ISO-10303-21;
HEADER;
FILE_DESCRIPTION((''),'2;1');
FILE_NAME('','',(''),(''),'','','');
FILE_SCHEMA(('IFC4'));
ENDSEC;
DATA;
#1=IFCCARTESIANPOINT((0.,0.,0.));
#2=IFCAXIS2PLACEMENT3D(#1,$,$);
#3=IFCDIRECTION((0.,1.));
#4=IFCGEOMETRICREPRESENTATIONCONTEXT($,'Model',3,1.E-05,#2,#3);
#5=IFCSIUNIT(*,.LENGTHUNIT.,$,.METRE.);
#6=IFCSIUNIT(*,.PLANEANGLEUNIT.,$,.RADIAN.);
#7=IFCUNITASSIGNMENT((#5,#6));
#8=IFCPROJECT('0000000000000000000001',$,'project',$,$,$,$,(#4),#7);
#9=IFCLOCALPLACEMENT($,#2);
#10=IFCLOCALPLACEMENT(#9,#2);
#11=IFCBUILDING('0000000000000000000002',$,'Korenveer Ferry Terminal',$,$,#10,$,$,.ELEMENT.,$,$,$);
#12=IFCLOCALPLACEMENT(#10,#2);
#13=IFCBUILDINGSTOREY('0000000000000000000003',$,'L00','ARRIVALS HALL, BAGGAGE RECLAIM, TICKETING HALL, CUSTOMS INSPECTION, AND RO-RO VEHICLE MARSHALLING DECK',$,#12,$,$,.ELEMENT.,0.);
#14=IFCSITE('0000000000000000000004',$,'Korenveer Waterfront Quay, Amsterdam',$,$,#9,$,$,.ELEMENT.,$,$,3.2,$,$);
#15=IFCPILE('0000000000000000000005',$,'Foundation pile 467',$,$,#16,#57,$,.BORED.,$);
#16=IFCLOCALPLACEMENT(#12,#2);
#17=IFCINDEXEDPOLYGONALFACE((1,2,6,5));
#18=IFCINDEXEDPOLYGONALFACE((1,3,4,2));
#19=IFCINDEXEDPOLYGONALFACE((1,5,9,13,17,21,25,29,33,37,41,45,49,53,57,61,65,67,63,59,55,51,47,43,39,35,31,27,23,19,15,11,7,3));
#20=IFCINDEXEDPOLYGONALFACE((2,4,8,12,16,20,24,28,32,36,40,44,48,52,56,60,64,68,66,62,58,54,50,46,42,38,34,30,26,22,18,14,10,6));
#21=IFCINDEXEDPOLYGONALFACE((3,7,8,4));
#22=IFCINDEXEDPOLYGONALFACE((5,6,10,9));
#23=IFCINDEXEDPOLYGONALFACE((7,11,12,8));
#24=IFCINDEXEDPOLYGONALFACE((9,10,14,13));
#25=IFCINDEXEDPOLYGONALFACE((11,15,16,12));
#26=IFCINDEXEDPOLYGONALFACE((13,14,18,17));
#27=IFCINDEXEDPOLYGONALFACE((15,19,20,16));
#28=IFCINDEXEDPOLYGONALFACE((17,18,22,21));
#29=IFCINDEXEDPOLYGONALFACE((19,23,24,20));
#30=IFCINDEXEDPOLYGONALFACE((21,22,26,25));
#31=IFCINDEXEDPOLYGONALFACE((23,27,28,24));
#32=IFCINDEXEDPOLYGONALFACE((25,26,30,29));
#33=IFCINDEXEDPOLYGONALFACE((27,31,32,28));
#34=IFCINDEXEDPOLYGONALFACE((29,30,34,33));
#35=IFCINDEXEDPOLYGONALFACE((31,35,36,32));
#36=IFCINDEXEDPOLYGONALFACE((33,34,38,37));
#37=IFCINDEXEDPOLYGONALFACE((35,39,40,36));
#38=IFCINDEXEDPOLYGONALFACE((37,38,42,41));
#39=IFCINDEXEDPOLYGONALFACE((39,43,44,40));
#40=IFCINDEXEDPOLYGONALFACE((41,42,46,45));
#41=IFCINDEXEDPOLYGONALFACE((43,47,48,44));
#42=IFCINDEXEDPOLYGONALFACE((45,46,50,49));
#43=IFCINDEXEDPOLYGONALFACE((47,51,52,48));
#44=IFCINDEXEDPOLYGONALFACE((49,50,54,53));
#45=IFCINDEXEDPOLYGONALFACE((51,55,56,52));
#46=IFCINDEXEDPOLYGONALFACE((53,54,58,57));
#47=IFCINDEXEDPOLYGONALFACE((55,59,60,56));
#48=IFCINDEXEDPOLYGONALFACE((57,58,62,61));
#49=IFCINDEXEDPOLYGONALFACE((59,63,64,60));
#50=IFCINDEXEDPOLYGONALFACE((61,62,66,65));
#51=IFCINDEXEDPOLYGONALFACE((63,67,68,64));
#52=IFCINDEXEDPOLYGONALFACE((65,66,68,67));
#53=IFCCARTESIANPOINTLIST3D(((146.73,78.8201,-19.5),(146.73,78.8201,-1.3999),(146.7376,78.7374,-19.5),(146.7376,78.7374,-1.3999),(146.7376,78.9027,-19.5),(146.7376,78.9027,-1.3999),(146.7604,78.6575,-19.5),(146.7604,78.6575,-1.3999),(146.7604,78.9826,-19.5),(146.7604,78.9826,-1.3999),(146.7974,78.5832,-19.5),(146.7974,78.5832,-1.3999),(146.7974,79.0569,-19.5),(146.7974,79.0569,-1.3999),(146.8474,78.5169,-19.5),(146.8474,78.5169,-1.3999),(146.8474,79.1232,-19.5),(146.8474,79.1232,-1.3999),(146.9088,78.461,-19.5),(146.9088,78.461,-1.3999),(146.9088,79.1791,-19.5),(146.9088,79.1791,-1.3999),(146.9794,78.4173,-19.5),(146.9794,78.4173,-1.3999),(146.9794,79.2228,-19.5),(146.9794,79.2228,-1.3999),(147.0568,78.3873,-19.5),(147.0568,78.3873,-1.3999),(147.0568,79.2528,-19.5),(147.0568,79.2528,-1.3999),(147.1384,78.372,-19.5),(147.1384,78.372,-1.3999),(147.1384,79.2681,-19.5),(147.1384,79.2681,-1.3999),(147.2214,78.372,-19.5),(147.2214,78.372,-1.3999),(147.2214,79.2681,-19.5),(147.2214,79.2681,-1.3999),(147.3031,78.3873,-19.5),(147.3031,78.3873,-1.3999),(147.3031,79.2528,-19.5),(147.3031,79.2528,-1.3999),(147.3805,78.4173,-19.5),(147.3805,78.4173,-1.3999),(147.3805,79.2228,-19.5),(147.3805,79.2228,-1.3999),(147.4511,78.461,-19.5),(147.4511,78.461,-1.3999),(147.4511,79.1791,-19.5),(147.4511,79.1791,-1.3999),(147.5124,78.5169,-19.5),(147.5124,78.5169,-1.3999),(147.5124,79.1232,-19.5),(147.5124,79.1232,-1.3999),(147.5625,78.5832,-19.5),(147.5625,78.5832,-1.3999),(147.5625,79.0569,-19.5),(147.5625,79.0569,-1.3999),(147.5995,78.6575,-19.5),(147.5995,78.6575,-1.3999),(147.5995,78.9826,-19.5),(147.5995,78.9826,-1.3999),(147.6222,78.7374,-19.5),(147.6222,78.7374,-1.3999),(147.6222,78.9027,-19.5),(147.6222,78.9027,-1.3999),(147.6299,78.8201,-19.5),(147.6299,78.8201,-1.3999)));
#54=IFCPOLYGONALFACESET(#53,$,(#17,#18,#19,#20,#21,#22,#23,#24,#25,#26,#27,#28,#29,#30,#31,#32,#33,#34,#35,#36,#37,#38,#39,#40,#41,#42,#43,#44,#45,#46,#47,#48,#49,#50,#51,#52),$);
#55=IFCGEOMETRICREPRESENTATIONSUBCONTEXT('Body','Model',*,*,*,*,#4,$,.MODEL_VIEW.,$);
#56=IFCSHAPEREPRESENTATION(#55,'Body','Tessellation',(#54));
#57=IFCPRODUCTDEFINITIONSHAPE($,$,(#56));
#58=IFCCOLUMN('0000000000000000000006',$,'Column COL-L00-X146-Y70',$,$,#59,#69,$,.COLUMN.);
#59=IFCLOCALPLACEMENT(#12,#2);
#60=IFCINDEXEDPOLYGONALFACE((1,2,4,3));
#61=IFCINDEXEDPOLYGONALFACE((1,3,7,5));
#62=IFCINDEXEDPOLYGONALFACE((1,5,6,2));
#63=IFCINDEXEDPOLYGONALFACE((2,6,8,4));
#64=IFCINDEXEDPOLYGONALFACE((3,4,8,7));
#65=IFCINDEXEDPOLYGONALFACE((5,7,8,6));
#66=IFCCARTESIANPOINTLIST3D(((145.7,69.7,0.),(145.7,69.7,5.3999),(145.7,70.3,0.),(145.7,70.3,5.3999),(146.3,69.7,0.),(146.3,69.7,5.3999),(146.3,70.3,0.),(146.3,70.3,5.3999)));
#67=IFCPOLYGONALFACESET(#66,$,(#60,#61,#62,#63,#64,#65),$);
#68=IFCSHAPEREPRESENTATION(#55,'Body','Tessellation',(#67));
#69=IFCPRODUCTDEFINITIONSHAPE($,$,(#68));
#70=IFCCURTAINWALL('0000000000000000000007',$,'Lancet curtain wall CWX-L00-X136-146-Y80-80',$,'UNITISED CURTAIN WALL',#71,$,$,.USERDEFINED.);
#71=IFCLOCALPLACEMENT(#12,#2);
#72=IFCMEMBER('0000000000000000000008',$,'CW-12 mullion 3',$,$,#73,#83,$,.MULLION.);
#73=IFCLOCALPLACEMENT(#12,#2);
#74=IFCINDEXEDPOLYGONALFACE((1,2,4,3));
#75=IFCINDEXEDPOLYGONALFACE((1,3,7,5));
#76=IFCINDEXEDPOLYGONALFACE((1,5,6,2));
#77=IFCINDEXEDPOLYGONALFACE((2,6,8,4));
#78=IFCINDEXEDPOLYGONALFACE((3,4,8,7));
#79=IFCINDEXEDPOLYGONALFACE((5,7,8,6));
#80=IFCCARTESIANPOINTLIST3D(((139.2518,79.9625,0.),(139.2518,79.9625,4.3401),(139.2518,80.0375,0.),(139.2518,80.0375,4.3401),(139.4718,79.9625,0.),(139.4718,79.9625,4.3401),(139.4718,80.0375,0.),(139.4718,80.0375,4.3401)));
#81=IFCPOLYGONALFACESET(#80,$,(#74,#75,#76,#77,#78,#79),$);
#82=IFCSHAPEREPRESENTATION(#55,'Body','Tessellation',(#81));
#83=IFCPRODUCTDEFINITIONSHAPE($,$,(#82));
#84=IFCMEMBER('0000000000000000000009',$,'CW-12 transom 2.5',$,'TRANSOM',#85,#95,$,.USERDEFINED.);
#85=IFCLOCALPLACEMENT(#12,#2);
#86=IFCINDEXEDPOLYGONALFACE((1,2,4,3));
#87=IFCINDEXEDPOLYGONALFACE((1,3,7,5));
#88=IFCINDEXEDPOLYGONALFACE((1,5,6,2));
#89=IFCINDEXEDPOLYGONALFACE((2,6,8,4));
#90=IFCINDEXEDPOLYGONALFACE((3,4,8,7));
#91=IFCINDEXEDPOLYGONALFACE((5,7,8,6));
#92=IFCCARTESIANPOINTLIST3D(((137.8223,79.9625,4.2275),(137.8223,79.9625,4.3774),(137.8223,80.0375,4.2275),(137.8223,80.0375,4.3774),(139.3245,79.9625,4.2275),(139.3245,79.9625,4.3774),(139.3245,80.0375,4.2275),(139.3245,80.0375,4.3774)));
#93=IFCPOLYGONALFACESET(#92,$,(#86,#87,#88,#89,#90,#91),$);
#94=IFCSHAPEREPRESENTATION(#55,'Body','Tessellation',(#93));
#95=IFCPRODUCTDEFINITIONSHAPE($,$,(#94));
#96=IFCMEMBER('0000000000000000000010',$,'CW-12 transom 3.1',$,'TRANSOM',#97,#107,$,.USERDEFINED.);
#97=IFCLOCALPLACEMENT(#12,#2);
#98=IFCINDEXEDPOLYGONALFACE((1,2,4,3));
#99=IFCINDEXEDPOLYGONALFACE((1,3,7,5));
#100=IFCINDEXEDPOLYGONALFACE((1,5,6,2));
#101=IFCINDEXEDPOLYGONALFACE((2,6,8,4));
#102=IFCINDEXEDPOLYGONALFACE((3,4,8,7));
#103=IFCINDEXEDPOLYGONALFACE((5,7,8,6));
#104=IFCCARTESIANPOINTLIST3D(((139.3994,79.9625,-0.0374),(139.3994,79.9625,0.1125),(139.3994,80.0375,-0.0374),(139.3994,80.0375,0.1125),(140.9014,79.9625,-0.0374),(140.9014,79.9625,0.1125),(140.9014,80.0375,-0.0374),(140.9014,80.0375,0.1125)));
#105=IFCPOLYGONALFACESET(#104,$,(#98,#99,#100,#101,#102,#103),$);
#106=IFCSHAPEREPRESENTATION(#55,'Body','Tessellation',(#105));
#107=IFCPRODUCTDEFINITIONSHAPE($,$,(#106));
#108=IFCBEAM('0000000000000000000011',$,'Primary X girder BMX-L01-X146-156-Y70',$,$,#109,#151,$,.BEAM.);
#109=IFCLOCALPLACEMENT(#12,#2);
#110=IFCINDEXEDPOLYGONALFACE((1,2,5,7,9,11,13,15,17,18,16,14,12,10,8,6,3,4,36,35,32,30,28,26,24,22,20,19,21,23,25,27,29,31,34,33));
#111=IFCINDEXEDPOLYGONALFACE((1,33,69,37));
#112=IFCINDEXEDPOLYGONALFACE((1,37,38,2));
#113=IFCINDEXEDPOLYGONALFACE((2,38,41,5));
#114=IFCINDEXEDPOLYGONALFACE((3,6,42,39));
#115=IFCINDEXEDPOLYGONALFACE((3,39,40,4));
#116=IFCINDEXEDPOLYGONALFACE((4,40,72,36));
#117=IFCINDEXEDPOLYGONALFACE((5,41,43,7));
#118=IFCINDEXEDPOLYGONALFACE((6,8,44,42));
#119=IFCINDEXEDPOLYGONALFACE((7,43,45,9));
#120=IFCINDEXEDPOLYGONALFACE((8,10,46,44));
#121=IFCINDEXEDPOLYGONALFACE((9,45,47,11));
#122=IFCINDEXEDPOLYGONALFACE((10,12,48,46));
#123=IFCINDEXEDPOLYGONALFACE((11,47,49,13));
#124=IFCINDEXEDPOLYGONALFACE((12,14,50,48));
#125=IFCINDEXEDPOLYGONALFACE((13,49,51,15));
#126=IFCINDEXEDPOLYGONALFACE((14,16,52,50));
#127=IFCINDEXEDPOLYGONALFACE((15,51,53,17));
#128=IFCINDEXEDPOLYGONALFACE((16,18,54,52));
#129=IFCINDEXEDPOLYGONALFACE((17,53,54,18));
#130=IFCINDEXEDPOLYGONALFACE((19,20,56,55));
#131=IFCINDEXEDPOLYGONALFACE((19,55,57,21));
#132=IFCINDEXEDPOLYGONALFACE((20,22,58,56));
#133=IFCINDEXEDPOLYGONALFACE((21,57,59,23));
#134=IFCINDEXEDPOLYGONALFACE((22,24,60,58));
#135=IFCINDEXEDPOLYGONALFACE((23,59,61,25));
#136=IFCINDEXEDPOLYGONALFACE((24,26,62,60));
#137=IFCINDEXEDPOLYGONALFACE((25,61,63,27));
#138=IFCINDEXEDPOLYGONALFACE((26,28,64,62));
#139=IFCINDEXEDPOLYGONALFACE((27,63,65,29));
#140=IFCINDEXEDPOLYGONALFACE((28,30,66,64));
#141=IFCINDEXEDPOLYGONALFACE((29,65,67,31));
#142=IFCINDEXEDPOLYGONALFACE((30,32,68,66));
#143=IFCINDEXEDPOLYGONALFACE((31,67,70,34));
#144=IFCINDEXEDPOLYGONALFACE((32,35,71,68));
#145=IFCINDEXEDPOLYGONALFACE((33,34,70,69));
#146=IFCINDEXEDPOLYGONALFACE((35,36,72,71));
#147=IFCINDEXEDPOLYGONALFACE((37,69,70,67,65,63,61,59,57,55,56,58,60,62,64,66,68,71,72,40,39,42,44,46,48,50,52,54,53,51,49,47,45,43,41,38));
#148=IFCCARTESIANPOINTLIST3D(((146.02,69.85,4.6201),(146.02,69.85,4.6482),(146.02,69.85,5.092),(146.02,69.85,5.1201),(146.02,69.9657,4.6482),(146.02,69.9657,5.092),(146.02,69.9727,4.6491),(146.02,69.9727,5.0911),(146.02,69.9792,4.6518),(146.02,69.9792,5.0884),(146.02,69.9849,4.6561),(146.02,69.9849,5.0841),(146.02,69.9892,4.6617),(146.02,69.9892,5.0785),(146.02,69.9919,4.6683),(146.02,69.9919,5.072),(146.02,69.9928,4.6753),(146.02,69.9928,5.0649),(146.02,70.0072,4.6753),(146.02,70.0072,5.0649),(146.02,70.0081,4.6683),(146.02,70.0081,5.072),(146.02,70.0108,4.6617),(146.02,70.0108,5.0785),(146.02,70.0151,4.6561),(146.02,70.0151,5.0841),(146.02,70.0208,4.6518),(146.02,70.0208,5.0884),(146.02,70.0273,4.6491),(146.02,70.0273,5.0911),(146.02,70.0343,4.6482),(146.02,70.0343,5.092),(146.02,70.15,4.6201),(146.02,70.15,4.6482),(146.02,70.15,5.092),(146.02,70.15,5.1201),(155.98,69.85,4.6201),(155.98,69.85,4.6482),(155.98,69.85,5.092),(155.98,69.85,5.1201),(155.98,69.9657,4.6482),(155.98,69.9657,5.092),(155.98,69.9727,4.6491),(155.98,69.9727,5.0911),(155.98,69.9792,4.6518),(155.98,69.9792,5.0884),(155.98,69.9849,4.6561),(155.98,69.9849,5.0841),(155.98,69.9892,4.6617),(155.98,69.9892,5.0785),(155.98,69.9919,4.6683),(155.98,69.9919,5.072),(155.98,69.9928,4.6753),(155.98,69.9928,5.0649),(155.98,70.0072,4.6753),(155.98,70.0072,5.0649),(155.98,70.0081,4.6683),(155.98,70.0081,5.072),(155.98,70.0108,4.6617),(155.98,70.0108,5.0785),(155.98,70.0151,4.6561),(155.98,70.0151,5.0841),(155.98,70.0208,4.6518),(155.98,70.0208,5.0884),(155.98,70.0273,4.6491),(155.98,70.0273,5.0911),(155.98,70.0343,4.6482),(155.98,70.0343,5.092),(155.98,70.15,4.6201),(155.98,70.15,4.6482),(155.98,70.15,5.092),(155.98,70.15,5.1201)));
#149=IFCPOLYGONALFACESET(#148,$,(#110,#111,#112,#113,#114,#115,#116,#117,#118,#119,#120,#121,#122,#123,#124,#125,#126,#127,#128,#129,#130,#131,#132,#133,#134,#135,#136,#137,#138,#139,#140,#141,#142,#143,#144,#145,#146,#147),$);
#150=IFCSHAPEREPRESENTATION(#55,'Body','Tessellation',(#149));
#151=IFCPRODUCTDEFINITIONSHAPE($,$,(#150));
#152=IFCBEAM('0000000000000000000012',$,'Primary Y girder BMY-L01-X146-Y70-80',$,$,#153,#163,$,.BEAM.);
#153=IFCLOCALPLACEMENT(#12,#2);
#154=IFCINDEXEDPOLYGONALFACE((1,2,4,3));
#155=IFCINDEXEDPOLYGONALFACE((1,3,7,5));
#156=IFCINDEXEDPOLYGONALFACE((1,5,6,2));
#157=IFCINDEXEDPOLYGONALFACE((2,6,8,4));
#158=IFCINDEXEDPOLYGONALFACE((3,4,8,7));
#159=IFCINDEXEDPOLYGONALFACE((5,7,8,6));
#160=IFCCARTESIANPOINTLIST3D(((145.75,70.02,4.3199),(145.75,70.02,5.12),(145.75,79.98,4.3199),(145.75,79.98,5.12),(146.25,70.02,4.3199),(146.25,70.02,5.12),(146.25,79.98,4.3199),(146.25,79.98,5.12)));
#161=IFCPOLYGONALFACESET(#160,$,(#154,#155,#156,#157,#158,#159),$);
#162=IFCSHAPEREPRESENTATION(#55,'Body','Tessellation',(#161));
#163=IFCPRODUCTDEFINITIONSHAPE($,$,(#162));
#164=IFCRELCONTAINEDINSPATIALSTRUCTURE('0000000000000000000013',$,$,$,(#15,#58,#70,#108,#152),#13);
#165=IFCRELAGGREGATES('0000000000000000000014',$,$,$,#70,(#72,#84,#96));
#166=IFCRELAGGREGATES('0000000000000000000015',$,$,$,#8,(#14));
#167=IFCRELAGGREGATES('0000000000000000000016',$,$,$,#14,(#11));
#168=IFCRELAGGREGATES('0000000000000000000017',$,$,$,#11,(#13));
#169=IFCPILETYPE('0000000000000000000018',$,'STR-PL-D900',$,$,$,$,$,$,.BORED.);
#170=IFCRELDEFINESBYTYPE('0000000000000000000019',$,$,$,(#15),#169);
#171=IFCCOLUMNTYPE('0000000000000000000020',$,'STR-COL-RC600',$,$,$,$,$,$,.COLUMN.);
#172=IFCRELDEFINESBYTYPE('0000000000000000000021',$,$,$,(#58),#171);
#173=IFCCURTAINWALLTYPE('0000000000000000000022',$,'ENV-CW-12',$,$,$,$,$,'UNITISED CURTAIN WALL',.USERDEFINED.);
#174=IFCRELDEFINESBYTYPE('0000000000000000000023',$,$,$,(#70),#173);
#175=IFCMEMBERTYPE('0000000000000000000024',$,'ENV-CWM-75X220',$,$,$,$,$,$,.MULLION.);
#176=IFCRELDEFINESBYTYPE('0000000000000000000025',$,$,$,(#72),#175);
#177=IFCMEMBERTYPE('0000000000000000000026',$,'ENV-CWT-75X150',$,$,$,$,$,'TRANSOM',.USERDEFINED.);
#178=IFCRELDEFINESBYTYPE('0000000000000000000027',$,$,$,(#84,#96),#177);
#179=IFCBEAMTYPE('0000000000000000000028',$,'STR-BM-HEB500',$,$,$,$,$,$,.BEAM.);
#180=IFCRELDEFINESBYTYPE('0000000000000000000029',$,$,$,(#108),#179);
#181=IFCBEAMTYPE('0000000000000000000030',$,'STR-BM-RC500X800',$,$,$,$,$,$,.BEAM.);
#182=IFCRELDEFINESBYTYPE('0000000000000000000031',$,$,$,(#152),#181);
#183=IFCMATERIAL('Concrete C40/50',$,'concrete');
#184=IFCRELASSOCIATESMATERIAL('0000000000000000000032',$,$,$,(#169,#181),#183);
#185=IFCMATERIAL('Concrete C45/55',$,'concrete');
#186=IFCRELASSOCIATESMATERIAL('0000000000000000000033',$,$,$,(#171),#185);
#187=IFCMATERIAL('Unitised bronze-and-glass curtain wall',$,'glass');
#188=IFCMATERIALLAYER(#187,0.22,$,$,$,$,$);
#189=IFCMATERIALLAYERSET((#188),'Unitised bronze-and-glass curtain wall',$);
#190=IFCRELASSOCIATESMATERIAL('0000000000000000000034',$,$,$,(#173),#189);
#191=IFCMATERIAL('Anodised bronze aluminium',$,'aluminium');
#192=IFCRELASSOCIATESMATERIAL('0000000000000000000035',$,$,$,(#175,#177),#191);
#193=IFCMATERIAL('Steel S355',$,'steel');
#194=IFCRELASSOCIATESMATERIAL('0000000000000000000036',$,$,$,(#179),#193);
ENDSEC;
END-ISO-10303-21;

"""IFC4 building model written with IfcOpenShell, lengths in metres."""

from ifc_helpers import new_model, si_unit, direction, frame, origin, origin_2d, place, context, subcontext, project, spatial, rectangle, circle, i_section, extrude, material, layer, layer_set, material_profile, profile_set, type_object, element, aggregate, save


model = new_model("IFC4")

# Units and contexts
model_context = context("Model", 3, precision=1e-05, world=origin(), true_north=direction((0.0, 1.0)))
body_context = subcontext(model_context, "Body", "Model", "MODEL_VIEW")
ifc_project = project(units=[si_unit("LENGTHUNIT", "METRE"), si_unit("PLANEANGLEUNIT", "RADIAN")], contexts=[model_context])

# Site, building, storey
site_placement = place(None, origin())
site = spatial("IfcSite", under=ifc_project, at=site_placement, Name="Korenveer Waterfront Quay, Amsterdam", CompositionType="ELEMENT", RefElevation=3.2)
building_placement = place(site_placement, origin())
building = spatial("IfcBuilding", under=site, at=building_placement, Name="Korenveer Ferry Terminal", CompositionType="ELEMENT")
storey_placement = place(building_placement, origin())
storey = spatial("IfcBuildingStorey", under=building, at=storey_placement, Name="L00", Description="ARRIVALS HALL, BAGGAGE RECLAIM, TICKETING HALL, CUSTOMS INSPECTION, AND RO-RO VEHICLE MARSHALLING DECK", CompositionType="ELEMENT", Elevation=0.0)

# Shared definitions
ifc_material_1 = material(Name="Concrete C40/50", Category="concrete")
ifc_material_2 = material(Name="Concrete C45/55", Category="concrete")

# Pile
ifc_material_profile_1 = material_profile(ifc_material_1, circle(Radius=0.45, at=origin_2d()), Name="PILE D900")
ifc_profile_set_1 = profile_set([ifc_material_profile_1], Name="Concrete C40/50")
pile_type_1 = type_object("IfcPileType", Name="STR-PL-D900", PredefinedType="BORED", material=ifc_profile_set_1)
for number, where, z_axis, x_axis, name in (
    (1, (147.1799, 78.8201, -1.3999), (0.0, 0.0, -1.0), (1.0, 0.0, 0.0), "Foundation pile 467"),
):
    element("IfcPile", number, at=place(storey_placement, frame(where, z_axis=z_axis, x_axis=x_axis)), inside=storey, type_object=pile_type_1, Name=name, PredefinedType="BORED", context=body_context, shape_type="SweptSolid", body=[
        extrude(circle(Radius=0.45, at=origin_2d()), origin(), (0.0, 0.0, 1.0), 18.1001),
    ])

# Column
ifc_material_profile_2 = material_profile(ifc_material_2, rectangle(XDim=0.6001, YDim=0.6001, at=origin_2d()), Name="RC 600x600")
ifc_profile_set_2 = profile_set([ifc_material_profile_2], Name="Concrete C45/55")
column_type = type_object("IfcColumnType", Name="STR-COL-RC600", PredefinedType="COLUMN", material=ifc_profile_set_2)
column_placement = place(storey_placement, frame((146.0, 70.0, 0.0), z_axis=(0.0, 0.0, 1.0), x_axis=(1.0, 0.0, 0.0)))
element("IfcColumn", 2, at=column_placement, inside=storey, type_object=column_type, Name="Column COL-L00-X146-Y70", PredefinedType="COLUMN", context=body_context, shape_type="SweptSolid", body=[
    extrude(rectangle(XDim=0.6001, YDim=0.6001, at=origin_2d()), origin(), (0.0, 0.0, 1.0), 5.3999),
])

# Curtain wall, members
ifc_material_3 = material(Name="Unitised bronze-and-glass curtain wall", Category="glass")
ifc_layer_1 = layer(ifc_material_3, 0.22)
ifc_layer_set_1 = layer_set([ifc_layer_1], Name="Unitised bronze-and-glass curtain wall")
curtain_wall_type = type_object("IfcCurtainWallType", Name="ENV-CW-12", ElementType="UNITISED CURTAIN WALL", PredefinedType="USERDEFINED", material=ifc_layer_set_1)
curtain_wall_placement = place(storey_placement, frame((136.2078, 80.0, 0.0)))
curtain_wall = element("IfcCurtainWall", 3, at=curtain_wall_placement, inside=storey, type_object=curtain_wall_type, Name="Lancet curtain wall CWX-L00-X136-146-Y80-80", ObjectType="UNITISED CURTAIN WALL", PredefinedType="USERDEFINED")
ifc_material_4 = material(Name="Anodised bronze aluminium", Category="aluminium")
ifc_material_profile_3 = material_profile(ifc_material_4, rectangle(XDim=0.075, YDim=0.22, at=origin_2d()), Name="ALU 75x220")
ifc_profile_set_3 = profile_set([ifc_material_profile_3], Name="Anodised bronze aluminium")
member_type_1 = type_object("IfcMemberType", Name="ENV-CWM-75X220", PredefinedType="MULLION", material=ifc_profile_set_3)
member_1_placement = place(storey_placement, frame((139.3618, 80.0, 0.0), z_axis=(0.0, 0.0, 1.0), x_axis=(0.0, 1.0, 0.0)))
member_1 = element("IfcMember", 4, at=member_1_placement, type_object=member_type_1, Name="CW-12 mullion 3", PredefinedType="MULLION", context=body_context, shape_type="SweptSolid", body=[
    extrude(rectangle(XDim=0.075, YDim=0.22, at=origin_2d()), origin(), (0.0, 0.0, 1.0), 4.3401),
])
ifc_material_profile_4 = material_profile(ifc_material_4, rectangle(XDim=0.075, YDim=0.1499, at=origin_2d()), Name="ALU 75x150")
ifc_profile_set_4 = profile_set([ifc_material_profile_4], Name="Anodised bronze aluminium")
member_type_2 = type_object("IfcMemberType", Name="ENV-CWT-75X150", ElementType="TRANSOM", PredefinedType="USERDEFINED", material=ifc_profile_set_4)
member_2_placement = place(storey_placement, frame((137.8223, 80.0, 4.3025), z_axis=(1.0, 0.0, 0.0), x_axis=(0.0, 1.0, 0.0)))
member_2 = element("IfcMember", 5, at=member_2_placement, type_object=member_type_2, Name="CW-12 transom 2.5", ObjectType="TRANSOM", PredefinedType="USERDEFINED", context=body_context, shape_type="SweptSolid", body=[
    extrude(rectangle(XDim=0.075, YDim=0.1499, at=origin_2d()), origin(), (0.0, 0.0, 1.0), 1.5022),
])
member_3_placement = place(storey_placement, frame((139.3994, 80.0, 0.0376), z_axis=(1.0, 0.0, 0.0), x_axis=(0.0, 1.0, 0.0)))
member_3 = element("IfcMember", 6, at=member_3_placement, type_object=member_type_2, Name="CW-12 transom 3.1", ObjectType="TRANSOM", PredefinedType="USERDEFINED", context=body_context, shape_type="SweptSolid", body=[
    extrude(rectangle(XDim=0.075, YDim=0.1499, at=origin_2d()), origin(), (0.0, 0.0, 1.0), 1.502),
])

# Beams
ifc_material_5 = material(Name="Steel S355", Category="steel")
ifc_material_profile_5 = material_profile(ifc_material_5, i_section(OverallWidth=0.3, OverallDepth=0.5, WebThickness=0.0144, FlangeThickness=0.0281, FilletRadius=0.0271, at=origin_2d()), Name="HEB 500")
ifc_profile_set_5 = profile_set([ifc_material_profile_5], Name="Steel S355")
beam_type_1 = type_object("IfcBeamType", Name="STR-BM-HEB500", PredefinedType="BEAM", material=ifc_profile_set_5)
beam_1_placement = place(storey_placement, frame((146.02, 70.0, 4.8701), z_axis=(1.0, 0.0, 0.0), x_axis=(0.0, 1.0, 0.0)))
element("IfcBeam", 7, at=beam_1_placement, inside=storey, type_object=beam_type_1, Name="Primary X girder BMX-L01-X146-156-Y70", PredefinedType="BEAM", context=body_context, shape_type="SweptSolid", body=[
    extrude(i_section(OverallWidth=0.3, OverallDepth=0.5, WebThickness=0.0144, FlangeThickness=0.0281, FilletRadius=0.0271, at=origin_2d()), origin(), (0.0, 0.0, 1.0), 9.96),
])
ifc_material_profile_6 = material_profile(ifc_material_1, rectangle(XDim=0.5, YDim=0.8, at=origin_2d()), Name="RC 500x800")
ifc_profile_set_6 = profile_set([ifc_material_profile_6], Name="Concrete C40/50")
beam_type_2 = type_object("IfcBeamType", Name="STR-BM-RC500X800", PredefinedType="BEAM", material=ifc_profile_set_6)
beam_2_placement = place(storey_placement, frame((146.0, 70.02, 4.72), z_axis=(0.0, 1.0, 0.0), x_axis=(-1.0, 0.0, 0.0)))
element("IfcBeam", 8, at=beam_2_placement, inside=storey, type_object=beam_type_2, Name="Primary Y girder BMY-L01-X146-Y70-80", PredefinedType="BEAM", context=body_context, shape_type="SweptSolid", body=[
    extrude(rectangle(XDim=0.5, YDim=0.8, at=origin_2d()), origin(), (0.0, 0.0, 1.0), 9.96),
])

aggregate(curtain_wall, [member_1, member_2, member_3])

save(model, "model.ifc")
